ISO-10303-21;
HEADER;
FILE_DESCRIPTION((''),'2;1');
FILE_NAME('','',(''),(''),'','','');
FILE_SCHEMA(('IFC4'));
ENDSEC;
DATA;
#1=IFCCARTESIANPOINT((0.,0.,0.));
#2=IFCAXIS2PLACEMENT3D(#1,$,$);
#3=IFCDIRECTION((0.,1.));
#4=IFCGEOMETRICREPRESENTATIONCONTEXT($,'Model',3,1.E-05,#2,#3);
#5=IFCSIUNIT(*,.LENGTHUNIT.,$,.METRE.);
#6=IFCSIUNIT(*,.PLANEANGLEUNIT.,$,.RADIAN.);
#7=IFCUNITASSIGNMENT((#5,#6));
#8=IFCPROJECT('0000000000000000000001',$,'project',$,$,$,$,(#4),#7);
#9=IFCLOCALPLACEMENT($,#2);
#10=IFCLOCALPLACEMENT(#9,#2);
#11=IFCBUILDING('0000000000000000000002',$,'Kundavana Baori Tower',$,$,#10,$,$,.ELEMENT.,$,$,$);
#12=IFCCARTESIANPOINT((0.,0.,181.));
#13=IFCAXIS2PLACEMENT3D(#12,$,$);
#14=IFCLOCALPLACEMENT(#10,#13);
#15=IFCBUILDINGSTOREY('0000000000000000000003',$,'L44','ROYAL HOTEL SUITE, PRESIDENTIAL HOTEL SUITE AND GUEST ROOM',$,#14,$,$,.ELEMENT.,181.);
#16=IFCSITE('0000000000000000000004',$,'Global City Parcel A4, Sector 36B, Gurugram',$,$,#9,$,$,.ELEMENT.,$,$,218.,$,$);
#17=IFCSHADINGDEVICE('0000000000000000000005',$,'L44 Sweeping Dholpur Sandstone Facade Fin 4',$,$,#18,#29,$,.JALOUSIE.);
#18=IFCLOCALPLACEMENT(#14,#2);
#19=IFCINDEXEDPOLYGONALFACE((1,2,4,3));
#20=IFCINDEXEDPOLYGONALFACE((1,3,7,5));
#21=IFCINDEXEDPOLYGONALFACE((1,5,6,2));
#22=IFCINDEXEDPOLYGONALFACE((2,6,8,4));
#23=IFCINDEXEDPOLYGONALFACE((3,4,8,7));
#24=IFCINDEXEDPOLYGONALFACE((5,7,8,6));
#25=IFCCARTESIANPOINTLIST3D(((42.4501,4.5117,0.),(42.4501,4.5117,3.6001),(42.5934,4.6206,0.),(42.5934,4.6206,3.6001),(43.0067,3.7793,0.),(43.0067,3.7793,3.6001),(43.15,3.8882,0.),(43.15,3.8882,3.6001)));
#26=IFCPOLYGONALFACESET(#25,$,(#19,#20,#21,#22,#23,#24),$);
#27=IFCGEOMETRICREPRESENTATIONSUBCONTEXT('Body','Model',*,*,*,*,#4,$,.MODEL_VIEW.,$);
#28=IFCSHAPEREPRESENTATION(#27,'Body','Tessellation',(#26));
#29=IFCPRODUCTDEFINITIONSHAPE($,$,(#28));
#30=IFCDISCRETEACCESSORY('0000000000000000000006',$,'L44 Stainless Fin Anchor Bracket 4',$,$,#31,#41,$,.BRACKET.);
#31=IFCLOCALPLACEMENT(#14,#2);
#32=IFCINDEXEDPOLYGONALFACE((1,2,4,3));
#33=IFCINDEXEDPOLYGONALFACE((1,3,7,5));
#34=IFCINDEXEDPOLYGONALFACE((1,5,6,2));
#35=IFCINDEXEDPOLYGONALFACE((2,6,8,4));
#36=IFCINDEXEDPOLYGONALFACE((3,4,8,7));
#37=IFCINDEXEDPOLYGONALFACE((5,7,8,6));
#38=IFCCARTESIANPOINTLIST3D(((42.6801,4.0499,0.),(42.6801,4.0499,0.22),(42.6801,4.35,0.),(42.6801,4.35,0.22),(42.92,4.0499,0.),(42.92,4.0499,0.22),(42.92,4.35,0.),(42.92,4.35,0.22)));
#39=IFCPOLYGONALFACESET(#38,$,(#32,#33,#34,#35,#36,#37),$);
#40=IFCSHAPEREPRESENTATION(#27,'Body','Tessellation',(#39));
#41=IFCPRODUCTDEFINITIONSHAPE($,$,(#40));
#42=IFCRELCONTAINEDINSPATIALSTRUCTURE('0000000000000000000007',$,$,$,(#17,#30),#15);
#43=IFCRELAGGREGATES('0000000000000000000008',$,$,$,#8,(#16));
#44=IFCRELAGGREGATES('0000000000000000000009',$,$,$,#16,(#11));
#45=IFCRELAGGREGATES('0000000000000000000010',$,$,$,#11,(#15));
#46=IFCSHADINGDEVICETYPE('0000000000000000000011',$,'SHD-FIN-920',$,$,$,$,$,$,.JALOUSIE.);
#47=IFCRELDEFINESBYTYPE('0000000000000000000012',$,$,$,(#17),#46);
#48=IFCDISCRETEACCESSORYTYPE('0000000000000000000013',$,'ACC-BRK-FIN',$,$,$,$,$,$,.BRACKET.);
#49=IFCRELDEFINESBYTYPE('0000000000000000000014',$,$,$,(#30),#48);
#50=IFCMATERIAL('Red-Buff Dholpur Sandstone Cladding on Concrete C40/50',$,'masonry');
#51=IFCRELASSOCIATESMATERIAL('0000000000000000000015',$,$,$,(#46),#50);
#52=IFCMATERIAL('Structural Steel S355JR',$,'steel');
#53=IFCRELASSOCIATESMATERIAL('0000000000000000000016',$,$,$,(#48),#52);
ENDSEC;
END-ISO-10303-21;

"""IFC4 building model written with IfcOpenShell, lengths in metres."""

from ifc_helpers import new_model, si_unit, direction, frame, origin, origin_2d, place, context, subcontext, project, spatial, rectangle, extrude, material, type_object, element, save


model = new_model("IFC4")

# Units and contexts
model_context = context("Model", 3, precision=1e-05, world=origin(), true_north=direction((0.0, 1.0)))
body_context = subcontext(model_context, "Body", "Model", "MODEL_VIEW")
ifc_project = project(units=[si_unit("LENGTHUNIT", "METRE"), si_unit("PLANEANGLEUNIT", "RADIAN")], contexts=[model_context])

# Site, building, storey
site_placement = place(None, origin())
site = spatial("IfcSite", under=ifc_project, at=site_placement, Name="Global City Parcel A4, Sector 36B, Gurugram", CompositionType="ELEMENT", RefElevation=218.0)
building_placement = place(site_placement, origin())
building = spatial("IfcBuilding", under=site, at=building_placement, Name="Kundavana Baori Tower", CompositionType="ELEMENT")
storey_placement = place(building_placement, frame((0.0, 0.0, 181.0)))
storey = spatial("IfcBuildingStorey", under=building, at=storey_placement, Name="L44", Description="ROYAL HOTEL SUITE, PRESIDENTIAL HOTEL SUITE AND GUEST ROOM", CompositionType="ELEMENT", Elevation=181.0)

# Shading device
ifc_material_1 = material(Name="Red-Buff Dholpur Sandstone Cladding on Concrete C40/50", Category="masonry")
shading_device_type = type_object("IfcShadingDeviceType", Name="SHD-FIN-920", PredefinedType="JALOUSIE", material=ifc_material_1)
shading_device_placement = place(storey_placement, frame((42.8, 4.2, 0.0), z_axis=(0.0, 0.0, 1.0), x_axis=(0.796213, 0.605016, 0.0)))
element("IfcShadingDevice", 1, at=shading_device_placement, inside=storey, type_object=shading_device_type, Name="L44 Sweeping Dholpur Sandstone Facade Fin 4", PredefinedType="JALOUSIE", context=body_context, shape_type="SweptSolid", body=[
    extrude(rectangle(XDim=0.1799, YDim=0.9199, at=origin_2d()), origin(), (0.0, 0.0, 1.0), 3.6001),
])

# Discrete accessory
ifc_material_2 = material(Name="Structural Steel S355JR", Category="steel")
discrete_accessory_type = type_object("IfcDiscreteAccessoryType", Name="ACC-BRK-FIN", PredefinedType="BRACKET", material=ifc_material_2)
discrete_accessory_placement = place(storey_placement, frame((42.8, 4.2, 0.0), z_axis=(0.0, 0.0, 1.0), x_axis=(1.0, 0.0, 0.0)))
element("IfcDiscreteAccessory", 2, at=discrete_accessory_placement, inside=storey, type_object=discrete_accessory_type, Name="L44 Stainless Fin Anchor Bracket 4", PredefinedType="BRACKET", context=body_context, shape_type="SweptSolid", body=[
    extrude(rectangle(XDim=0.24, YDim=0.3, at=origin_2d()), origin(), (0.0, 0.0, 1.0), 0.22),
])

save(model, "model.ifc")
